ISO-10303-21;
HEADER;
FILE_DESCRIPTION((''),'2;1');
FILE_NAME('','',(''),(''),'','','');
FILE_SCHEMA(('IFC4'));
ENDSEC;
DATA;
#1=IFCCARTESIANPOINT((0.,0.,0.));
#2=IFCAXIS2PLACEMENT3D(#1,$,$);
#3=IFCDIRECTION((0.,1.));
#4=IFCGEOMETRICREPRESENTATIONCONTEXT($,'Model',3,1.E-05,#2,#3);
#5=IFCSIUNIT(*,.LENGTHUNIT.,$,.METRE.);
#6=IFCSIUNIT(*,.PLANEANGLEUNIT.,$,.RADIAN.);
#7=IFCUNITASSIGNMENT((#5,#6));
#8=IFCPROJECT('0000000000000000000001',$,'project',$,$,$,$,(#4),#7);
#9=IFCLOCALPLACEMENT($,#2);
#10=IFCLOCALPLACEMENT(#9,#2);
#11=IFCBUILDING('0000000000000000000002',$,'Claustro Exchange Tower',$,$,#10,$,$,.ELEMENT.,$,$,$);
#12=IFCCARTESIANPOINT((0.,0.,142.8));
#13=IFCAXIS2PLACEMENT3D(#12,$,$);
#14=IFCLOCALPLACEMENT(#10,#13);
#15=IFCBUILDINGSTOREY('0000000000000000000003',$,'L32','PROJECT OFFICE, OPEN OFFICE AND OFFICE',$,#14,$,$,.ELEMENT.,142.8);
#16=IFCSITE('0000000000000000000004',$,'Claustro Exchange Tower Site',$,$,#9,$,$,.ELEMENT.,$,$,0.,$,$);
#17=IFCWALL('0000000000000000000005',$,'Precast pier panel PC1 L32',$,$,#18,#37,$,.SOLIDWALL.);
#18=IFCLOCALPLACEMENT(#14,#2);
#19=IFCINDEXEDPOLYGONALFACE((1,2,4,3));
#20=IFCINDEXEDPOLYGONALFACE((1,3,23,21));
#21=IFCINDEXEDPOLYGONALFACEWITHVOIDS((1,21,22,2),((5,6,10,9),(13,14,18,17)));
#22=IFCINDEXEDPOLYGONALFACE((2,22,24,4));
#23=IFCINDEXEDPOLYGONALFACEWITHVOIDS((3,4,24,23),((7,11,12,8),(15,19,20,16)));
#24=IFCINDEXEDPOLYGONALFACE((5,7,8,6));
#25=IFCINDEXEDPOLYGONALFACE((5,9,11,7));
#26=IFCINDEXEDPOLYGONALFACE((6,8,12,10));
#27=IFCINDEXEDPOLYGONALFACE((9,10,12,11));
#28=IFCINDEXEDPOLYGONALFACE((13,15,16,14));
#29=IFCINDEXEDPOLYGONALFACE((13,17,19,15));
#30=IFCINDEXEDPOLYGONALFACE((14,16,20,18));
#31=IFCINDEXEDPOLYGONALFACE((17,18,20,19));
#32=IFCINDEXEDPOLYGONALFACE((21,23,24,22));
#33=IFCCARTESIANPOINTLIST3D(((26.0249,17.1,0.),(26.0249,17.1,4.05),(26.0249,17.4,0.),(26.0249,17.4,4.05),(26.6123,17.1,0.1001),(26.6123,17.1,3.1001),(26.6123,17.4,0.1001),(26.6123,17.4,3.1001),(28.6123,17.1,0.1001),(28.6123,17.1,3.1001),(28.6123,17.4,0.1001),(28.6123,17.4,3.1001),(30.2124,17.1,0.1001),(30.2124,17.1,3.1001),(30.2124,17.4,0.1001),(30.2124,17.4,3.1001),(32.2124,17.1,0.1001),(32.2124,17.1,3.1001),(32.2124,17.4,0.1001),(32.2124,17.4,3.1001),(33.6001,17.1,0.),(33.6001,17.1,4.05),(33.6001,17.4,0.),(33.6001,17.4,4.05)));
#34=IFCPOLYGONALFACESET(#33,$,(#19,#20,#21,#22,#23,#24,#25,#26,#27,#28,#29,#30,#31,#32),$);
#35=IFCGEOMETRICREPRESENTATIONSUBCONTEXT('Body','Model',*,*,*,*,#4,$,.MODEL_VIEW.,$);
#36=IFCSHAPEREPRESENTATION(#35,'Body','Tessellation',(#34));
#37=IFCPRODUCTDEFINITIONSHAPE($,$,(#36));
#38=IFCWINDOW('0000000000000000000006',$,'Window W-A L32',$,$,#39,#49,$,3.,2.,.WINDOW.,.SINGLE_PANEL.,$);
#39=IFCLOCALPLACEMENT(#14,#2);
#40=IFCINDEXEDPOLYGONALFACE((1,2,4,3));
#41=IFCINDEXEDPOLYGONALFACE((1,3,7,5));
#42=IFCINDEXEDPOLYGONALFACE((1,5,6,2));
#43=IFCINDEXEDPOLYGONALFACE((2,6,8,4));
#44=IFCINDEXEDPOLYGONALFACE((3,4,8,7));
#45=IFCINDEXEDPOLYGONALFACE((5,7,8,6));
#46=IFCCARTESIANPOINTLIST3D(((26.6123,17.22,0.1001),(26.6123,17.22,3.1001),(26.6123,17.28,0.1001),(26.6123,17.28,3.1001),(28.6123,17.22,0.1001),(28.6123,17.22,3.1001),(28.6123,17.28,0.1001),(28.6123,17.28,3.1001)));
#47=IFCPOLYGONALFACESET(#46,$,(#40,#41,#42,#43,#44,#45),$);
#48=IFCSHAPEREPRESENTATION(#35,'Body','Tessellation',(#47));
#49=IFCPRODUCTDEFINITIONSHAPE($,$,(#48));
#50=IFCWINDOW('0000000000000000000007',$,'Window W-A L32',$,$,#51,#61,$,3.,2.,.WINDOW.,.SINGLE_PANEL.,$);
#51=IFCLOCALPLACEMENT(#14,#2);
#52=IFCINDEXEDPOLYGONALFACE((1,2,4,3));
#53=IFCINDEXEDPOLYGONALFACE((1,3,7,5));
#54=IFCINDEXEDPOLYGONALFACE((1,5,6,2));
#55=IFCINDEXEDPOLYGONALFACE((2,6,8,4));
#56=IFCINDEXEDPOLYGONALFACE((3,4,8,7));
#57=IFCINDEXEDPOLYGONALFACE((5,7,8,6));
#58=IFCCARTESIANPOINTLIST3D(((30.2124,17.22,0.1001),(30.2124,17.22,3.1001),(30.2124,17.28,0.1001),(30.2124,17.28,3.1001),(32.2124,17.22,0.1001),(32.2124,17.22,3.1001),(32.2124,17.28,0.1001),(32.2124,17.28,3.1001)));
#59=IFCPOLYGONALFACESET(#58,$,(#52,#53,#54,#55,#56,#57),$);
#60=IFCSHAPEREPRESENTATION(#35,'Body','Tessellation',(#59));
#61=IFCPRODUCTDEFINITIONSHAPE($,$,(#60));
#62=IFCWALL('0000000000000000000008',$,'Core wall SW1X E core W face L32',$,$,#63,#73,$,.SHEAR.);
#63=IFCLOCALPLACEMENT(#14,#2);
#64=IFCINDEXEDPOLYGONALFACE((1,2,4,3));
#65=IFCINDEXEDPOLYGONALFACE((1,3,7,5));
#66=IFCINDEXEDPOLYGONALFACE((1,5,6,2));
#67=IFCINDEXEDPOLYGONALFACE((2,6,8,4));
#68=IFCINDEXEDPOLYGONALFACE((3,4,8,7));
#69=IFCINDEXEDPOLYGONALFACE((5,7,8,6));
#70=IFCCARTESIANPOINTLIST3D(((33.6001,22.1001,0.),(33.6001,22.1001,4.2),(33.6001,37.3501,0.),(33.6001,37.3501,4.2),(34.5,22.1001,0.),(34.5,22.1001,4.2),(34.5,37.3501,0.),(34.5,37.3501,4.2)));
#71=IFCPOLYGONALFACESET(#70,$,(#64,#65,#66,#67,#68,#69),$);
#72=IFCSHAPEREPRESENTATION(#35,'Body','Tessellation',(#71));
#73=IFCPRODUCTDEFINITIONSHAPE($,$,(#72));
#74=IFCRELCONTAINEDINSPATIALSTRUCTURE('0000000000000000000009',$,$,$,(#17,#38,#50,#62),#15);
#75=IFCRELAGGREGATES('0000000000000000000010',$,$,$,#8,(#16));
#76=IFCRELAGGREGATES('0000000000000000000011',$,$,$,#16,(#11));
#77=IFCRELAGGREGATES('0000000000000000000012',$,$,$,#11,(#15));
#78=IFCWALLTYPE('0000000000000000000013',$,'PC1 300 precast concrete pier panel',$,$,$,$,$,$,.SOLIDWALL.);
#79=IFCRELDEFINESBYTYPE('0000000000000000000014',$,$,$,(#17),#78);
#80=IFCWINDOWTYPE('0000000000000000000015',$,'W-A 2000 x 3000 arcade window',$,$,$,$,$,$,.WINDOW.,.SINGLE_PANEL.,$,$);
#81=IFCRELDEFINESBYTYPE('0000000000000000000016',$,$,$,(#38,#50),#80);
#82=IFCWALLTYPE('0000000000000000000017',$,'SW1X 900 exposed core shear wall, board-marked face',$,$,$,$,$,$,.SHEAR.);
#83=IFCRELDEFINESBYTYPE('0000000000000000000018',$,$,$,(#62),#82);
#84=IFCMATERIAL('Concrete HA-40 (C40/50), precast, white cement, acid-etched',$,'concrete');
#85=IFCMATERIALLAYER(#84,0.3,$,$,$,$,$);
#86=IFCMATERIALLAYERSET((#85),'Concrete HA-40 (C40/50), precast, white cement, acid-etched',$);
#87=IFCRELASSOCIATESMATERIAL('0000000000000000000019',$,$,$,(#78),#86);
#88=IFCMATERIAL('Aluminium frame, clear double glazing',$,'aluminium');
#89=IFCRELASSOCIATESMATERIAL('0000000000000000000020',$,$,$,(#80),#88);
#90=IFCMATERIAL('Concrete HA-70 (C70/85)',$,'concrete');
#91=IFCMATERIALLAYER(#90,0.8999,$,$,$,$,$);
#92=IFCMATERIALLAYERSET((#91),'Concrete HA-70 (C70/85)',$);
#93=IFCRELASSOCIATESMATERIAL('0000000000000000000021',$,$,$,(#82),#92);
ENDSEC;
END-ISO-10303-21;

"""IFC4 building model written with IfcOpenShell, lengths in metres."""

from ifc_helpers import new_model, si_unit, direction, frame, frame_2d, origin, place, context, subcontext, project, spatial, rectangle, extrude, material, layer, layer_set, type_object, element, fill, save


model = new_model("IFC4")

# Units and contexts
model_context = context("Model", 3, precision=1e-05, world=origin(), true_north=direction((0.0, 1.0)))
body_context = subcontext(model_context, "Body", "Model", "MODEL_VIEW")
ifc_project = project(units=[si_unit("LENGTHUNIT", "METRE"), si_unit("PLANEANGLEUNIT", "RADIAN")], contexts=[model_context])

# Site, building, storey
site_placement = place(None, origin())
site = spatial("IfcSite", under=ifc_project, at=site_placement, Name="Claustro Exchange Tower Site", CompositionType="ELEMENT", RefElevation=0.0)
building_placement = place(site_placement, origin())
building = spatial("IfcBuilding", under=site, at=building_placement, Name="Claustro Exchange Tower", CompositionType="ELEMENT")
storey_placement = place(building_placement, frame((0.0, 0.0, 142.8)))
storey = spatial("IfcBuildingStorey", under=building, at=storey_placement, Name="L32", Description="PROJECT OFFICE, OPEN OFFICE AND OFFICE", CompositionType="ELEMENT", Elevation=142.8)

# Shared definitions
ifc_material_1 = material(Name="Concrete HA-40 (C40/50), precast, white cement, acid-etched", Category="concrete")
ifc_layer_1 = layer(ifc_material_1, 0.3)
ifc_layer_set_1 = layer_set([ifc_layer_1], Name="Concrete HA-40 (C40/50), precast, white cement, acid-etched")
wall_type_1 = type_object("IfcWallType", Name="PC1 300 precast concrete pier panel", PredefinedType="SOLIDWALL", material=ifc_layer_set_1)
ifc_material_2 = material(Name="Aluminium frame, clear double glazing", Category="aluminium")
window_type = type_object("IfcWindowType", Name="W-A 2000 x 3000 arcade window", PartitioningType="SINGLE_PANEL", PredefinedType="WINDOW", material=ifc_material_2)

# Wall, openings, windows
wall_1_placement = place(storey_placement, frame((26.0249, 17.25, 0.0), z_axis=(0.0, 0.0, 1.0), x_axis=(1.0, 0.0, 0.0)))
wall_1 = element("IfcWall", 1, at=wall_1_placement, inside=storey, type_object=wall_type_1, Name="Precast pier panel PC1 L32", PredefinedType="SOLIDWALL", context=body_context, shape_type="SweptSolid", body=[
    extrude(rectangle(XDim=7.5752, YDim=0.3, at=frame_2d((3.7876, 0.0))), origin(), (0.0, 0.0, 1.0), 4.05),
])
opening_1_placement = place(wall_1_placement, frame((0.5874, 0.0, 0.1001)))
opening_1 = element("IfcOpeningElement", 2, at=opening_1_placement, cuts=wall_1, PredefinedType="OPENING", context=body_context, shape_type="SweptSolid", body=[
    extrude(rectangle(XDim=2.0, YDim=3.0, at=frame_2d((1.0, 1.5))), frame((0.0, 0.1599, 0.0), z_axis=(0.0, -1.0, 0.0), x_axis=(1.0, 0.0, 0.0)), (0.0, 0.0, 1.0), 0.3201),
])
opening_2_placement = place(wall_1_placement, frame((4.1875, 0.0, 0.1001)))
opening_2 = element("IfcOpeningElement", 3, at=opening_2_placement, cuts=wall_1, PredefinedType="OPENING", context=body_context, shape_type="SweptSolid", body=[
    extrude(rectangle(XDim=2.0, YDim=3.0, at=frame_2d((1.0, 1.5))), frame((0.0, 0.1599, 0.0), z_axis=(0.0, -1.0, 0.0), x_axis=(1.0, 0.0, 0.0)), (0.0, 0.0, 1.0), 0.3201),
])
window_1_placement = place(opening_1_placement, origin())
window_1 = element("IfcWindow", 4, at=window_1_placement, inside=storey, type_object=window_type, Name="Window W-A L32", OverallHeight=3.0, OverallWidth=2.0, PartitioningType="SINGLE_PANEL", PredefinedType="WINDOW", context=body_context, shape_type="SweptSolid", body=[
    extrude(rectangle(XDim=2.0, YDim=3.0, at=frame_2d((1.0, 1.5))), frame((0.0, 0.03, 0.0), z_axis=(0.0, -1.0, 0.0), x_axis=(1.0, 0.0, 0.0)), (0.0, 0.0, 1.0), 0.0601),
])
fill(opening_1, window_1)
window_2_placement = place(opening_2_placement, origin())
window_2 = element("IfcWindow", 5, at=window_2_placement, inside=storey, type_object=window_type, Name="Window W-A L32", OverallHeight=3.0, OverallWidth=2.0, PartitioningType="SINGLE_PANEL", PredefinedType="WINDOW", context=body_context, shape_type="SweptSolid", body=[
    extrude(rectangle(XDim=2.0, YDim=3.0, at=frame_2d((1.0, 1.5))), frame((0.0, 0.03, 0.0), z_axis=(0.0, -1.0, 0.0), x_axis=(1.0, 0.0, 0.0)), (0.0, 0.0, 1.0), 0.0601),
])
fill(opening_2, window_2)

# Wall
ifc_material_3 = material(Name="Concrete HA-70 (C70/85)", Category="concrete")
ifc_layer_2 = layer(ifc_material_3, 0.8999)
ifc_layer_set_2 = layer_set([ifc_layer_2], Name="Concrete HA-70 (C70/85)")
wall_type_2 = type_object("IfcWallType", Name="SW1X 900 exposed core shear wall, board-marked face", PredefinedType="SHEAR", material=ifc_layer_set_2)
wall_2_placement = place(storey_placement, frame((34.05, 22.1001, 0.0), z_axis=(0.0, 0.0, 1.0), x_axis=(0.0, 1.0, 0.0)))
element("IfcWall", 6, at=wall_2_placement, inside=storey, type_object=wall_type_2, Name="Core wall SW1X E core W face L32", PredefinedType="SHEAR", context=body_context, shape_type="SweptSolid", body=[
    extrude(rectangle(XDim=15.25, YDim=0.8999, at=frame_2d((7.625, 0.0))), origin(), (0.0, 0.0, 1.0), 4.2),
])

save(model, "model.ifc")
